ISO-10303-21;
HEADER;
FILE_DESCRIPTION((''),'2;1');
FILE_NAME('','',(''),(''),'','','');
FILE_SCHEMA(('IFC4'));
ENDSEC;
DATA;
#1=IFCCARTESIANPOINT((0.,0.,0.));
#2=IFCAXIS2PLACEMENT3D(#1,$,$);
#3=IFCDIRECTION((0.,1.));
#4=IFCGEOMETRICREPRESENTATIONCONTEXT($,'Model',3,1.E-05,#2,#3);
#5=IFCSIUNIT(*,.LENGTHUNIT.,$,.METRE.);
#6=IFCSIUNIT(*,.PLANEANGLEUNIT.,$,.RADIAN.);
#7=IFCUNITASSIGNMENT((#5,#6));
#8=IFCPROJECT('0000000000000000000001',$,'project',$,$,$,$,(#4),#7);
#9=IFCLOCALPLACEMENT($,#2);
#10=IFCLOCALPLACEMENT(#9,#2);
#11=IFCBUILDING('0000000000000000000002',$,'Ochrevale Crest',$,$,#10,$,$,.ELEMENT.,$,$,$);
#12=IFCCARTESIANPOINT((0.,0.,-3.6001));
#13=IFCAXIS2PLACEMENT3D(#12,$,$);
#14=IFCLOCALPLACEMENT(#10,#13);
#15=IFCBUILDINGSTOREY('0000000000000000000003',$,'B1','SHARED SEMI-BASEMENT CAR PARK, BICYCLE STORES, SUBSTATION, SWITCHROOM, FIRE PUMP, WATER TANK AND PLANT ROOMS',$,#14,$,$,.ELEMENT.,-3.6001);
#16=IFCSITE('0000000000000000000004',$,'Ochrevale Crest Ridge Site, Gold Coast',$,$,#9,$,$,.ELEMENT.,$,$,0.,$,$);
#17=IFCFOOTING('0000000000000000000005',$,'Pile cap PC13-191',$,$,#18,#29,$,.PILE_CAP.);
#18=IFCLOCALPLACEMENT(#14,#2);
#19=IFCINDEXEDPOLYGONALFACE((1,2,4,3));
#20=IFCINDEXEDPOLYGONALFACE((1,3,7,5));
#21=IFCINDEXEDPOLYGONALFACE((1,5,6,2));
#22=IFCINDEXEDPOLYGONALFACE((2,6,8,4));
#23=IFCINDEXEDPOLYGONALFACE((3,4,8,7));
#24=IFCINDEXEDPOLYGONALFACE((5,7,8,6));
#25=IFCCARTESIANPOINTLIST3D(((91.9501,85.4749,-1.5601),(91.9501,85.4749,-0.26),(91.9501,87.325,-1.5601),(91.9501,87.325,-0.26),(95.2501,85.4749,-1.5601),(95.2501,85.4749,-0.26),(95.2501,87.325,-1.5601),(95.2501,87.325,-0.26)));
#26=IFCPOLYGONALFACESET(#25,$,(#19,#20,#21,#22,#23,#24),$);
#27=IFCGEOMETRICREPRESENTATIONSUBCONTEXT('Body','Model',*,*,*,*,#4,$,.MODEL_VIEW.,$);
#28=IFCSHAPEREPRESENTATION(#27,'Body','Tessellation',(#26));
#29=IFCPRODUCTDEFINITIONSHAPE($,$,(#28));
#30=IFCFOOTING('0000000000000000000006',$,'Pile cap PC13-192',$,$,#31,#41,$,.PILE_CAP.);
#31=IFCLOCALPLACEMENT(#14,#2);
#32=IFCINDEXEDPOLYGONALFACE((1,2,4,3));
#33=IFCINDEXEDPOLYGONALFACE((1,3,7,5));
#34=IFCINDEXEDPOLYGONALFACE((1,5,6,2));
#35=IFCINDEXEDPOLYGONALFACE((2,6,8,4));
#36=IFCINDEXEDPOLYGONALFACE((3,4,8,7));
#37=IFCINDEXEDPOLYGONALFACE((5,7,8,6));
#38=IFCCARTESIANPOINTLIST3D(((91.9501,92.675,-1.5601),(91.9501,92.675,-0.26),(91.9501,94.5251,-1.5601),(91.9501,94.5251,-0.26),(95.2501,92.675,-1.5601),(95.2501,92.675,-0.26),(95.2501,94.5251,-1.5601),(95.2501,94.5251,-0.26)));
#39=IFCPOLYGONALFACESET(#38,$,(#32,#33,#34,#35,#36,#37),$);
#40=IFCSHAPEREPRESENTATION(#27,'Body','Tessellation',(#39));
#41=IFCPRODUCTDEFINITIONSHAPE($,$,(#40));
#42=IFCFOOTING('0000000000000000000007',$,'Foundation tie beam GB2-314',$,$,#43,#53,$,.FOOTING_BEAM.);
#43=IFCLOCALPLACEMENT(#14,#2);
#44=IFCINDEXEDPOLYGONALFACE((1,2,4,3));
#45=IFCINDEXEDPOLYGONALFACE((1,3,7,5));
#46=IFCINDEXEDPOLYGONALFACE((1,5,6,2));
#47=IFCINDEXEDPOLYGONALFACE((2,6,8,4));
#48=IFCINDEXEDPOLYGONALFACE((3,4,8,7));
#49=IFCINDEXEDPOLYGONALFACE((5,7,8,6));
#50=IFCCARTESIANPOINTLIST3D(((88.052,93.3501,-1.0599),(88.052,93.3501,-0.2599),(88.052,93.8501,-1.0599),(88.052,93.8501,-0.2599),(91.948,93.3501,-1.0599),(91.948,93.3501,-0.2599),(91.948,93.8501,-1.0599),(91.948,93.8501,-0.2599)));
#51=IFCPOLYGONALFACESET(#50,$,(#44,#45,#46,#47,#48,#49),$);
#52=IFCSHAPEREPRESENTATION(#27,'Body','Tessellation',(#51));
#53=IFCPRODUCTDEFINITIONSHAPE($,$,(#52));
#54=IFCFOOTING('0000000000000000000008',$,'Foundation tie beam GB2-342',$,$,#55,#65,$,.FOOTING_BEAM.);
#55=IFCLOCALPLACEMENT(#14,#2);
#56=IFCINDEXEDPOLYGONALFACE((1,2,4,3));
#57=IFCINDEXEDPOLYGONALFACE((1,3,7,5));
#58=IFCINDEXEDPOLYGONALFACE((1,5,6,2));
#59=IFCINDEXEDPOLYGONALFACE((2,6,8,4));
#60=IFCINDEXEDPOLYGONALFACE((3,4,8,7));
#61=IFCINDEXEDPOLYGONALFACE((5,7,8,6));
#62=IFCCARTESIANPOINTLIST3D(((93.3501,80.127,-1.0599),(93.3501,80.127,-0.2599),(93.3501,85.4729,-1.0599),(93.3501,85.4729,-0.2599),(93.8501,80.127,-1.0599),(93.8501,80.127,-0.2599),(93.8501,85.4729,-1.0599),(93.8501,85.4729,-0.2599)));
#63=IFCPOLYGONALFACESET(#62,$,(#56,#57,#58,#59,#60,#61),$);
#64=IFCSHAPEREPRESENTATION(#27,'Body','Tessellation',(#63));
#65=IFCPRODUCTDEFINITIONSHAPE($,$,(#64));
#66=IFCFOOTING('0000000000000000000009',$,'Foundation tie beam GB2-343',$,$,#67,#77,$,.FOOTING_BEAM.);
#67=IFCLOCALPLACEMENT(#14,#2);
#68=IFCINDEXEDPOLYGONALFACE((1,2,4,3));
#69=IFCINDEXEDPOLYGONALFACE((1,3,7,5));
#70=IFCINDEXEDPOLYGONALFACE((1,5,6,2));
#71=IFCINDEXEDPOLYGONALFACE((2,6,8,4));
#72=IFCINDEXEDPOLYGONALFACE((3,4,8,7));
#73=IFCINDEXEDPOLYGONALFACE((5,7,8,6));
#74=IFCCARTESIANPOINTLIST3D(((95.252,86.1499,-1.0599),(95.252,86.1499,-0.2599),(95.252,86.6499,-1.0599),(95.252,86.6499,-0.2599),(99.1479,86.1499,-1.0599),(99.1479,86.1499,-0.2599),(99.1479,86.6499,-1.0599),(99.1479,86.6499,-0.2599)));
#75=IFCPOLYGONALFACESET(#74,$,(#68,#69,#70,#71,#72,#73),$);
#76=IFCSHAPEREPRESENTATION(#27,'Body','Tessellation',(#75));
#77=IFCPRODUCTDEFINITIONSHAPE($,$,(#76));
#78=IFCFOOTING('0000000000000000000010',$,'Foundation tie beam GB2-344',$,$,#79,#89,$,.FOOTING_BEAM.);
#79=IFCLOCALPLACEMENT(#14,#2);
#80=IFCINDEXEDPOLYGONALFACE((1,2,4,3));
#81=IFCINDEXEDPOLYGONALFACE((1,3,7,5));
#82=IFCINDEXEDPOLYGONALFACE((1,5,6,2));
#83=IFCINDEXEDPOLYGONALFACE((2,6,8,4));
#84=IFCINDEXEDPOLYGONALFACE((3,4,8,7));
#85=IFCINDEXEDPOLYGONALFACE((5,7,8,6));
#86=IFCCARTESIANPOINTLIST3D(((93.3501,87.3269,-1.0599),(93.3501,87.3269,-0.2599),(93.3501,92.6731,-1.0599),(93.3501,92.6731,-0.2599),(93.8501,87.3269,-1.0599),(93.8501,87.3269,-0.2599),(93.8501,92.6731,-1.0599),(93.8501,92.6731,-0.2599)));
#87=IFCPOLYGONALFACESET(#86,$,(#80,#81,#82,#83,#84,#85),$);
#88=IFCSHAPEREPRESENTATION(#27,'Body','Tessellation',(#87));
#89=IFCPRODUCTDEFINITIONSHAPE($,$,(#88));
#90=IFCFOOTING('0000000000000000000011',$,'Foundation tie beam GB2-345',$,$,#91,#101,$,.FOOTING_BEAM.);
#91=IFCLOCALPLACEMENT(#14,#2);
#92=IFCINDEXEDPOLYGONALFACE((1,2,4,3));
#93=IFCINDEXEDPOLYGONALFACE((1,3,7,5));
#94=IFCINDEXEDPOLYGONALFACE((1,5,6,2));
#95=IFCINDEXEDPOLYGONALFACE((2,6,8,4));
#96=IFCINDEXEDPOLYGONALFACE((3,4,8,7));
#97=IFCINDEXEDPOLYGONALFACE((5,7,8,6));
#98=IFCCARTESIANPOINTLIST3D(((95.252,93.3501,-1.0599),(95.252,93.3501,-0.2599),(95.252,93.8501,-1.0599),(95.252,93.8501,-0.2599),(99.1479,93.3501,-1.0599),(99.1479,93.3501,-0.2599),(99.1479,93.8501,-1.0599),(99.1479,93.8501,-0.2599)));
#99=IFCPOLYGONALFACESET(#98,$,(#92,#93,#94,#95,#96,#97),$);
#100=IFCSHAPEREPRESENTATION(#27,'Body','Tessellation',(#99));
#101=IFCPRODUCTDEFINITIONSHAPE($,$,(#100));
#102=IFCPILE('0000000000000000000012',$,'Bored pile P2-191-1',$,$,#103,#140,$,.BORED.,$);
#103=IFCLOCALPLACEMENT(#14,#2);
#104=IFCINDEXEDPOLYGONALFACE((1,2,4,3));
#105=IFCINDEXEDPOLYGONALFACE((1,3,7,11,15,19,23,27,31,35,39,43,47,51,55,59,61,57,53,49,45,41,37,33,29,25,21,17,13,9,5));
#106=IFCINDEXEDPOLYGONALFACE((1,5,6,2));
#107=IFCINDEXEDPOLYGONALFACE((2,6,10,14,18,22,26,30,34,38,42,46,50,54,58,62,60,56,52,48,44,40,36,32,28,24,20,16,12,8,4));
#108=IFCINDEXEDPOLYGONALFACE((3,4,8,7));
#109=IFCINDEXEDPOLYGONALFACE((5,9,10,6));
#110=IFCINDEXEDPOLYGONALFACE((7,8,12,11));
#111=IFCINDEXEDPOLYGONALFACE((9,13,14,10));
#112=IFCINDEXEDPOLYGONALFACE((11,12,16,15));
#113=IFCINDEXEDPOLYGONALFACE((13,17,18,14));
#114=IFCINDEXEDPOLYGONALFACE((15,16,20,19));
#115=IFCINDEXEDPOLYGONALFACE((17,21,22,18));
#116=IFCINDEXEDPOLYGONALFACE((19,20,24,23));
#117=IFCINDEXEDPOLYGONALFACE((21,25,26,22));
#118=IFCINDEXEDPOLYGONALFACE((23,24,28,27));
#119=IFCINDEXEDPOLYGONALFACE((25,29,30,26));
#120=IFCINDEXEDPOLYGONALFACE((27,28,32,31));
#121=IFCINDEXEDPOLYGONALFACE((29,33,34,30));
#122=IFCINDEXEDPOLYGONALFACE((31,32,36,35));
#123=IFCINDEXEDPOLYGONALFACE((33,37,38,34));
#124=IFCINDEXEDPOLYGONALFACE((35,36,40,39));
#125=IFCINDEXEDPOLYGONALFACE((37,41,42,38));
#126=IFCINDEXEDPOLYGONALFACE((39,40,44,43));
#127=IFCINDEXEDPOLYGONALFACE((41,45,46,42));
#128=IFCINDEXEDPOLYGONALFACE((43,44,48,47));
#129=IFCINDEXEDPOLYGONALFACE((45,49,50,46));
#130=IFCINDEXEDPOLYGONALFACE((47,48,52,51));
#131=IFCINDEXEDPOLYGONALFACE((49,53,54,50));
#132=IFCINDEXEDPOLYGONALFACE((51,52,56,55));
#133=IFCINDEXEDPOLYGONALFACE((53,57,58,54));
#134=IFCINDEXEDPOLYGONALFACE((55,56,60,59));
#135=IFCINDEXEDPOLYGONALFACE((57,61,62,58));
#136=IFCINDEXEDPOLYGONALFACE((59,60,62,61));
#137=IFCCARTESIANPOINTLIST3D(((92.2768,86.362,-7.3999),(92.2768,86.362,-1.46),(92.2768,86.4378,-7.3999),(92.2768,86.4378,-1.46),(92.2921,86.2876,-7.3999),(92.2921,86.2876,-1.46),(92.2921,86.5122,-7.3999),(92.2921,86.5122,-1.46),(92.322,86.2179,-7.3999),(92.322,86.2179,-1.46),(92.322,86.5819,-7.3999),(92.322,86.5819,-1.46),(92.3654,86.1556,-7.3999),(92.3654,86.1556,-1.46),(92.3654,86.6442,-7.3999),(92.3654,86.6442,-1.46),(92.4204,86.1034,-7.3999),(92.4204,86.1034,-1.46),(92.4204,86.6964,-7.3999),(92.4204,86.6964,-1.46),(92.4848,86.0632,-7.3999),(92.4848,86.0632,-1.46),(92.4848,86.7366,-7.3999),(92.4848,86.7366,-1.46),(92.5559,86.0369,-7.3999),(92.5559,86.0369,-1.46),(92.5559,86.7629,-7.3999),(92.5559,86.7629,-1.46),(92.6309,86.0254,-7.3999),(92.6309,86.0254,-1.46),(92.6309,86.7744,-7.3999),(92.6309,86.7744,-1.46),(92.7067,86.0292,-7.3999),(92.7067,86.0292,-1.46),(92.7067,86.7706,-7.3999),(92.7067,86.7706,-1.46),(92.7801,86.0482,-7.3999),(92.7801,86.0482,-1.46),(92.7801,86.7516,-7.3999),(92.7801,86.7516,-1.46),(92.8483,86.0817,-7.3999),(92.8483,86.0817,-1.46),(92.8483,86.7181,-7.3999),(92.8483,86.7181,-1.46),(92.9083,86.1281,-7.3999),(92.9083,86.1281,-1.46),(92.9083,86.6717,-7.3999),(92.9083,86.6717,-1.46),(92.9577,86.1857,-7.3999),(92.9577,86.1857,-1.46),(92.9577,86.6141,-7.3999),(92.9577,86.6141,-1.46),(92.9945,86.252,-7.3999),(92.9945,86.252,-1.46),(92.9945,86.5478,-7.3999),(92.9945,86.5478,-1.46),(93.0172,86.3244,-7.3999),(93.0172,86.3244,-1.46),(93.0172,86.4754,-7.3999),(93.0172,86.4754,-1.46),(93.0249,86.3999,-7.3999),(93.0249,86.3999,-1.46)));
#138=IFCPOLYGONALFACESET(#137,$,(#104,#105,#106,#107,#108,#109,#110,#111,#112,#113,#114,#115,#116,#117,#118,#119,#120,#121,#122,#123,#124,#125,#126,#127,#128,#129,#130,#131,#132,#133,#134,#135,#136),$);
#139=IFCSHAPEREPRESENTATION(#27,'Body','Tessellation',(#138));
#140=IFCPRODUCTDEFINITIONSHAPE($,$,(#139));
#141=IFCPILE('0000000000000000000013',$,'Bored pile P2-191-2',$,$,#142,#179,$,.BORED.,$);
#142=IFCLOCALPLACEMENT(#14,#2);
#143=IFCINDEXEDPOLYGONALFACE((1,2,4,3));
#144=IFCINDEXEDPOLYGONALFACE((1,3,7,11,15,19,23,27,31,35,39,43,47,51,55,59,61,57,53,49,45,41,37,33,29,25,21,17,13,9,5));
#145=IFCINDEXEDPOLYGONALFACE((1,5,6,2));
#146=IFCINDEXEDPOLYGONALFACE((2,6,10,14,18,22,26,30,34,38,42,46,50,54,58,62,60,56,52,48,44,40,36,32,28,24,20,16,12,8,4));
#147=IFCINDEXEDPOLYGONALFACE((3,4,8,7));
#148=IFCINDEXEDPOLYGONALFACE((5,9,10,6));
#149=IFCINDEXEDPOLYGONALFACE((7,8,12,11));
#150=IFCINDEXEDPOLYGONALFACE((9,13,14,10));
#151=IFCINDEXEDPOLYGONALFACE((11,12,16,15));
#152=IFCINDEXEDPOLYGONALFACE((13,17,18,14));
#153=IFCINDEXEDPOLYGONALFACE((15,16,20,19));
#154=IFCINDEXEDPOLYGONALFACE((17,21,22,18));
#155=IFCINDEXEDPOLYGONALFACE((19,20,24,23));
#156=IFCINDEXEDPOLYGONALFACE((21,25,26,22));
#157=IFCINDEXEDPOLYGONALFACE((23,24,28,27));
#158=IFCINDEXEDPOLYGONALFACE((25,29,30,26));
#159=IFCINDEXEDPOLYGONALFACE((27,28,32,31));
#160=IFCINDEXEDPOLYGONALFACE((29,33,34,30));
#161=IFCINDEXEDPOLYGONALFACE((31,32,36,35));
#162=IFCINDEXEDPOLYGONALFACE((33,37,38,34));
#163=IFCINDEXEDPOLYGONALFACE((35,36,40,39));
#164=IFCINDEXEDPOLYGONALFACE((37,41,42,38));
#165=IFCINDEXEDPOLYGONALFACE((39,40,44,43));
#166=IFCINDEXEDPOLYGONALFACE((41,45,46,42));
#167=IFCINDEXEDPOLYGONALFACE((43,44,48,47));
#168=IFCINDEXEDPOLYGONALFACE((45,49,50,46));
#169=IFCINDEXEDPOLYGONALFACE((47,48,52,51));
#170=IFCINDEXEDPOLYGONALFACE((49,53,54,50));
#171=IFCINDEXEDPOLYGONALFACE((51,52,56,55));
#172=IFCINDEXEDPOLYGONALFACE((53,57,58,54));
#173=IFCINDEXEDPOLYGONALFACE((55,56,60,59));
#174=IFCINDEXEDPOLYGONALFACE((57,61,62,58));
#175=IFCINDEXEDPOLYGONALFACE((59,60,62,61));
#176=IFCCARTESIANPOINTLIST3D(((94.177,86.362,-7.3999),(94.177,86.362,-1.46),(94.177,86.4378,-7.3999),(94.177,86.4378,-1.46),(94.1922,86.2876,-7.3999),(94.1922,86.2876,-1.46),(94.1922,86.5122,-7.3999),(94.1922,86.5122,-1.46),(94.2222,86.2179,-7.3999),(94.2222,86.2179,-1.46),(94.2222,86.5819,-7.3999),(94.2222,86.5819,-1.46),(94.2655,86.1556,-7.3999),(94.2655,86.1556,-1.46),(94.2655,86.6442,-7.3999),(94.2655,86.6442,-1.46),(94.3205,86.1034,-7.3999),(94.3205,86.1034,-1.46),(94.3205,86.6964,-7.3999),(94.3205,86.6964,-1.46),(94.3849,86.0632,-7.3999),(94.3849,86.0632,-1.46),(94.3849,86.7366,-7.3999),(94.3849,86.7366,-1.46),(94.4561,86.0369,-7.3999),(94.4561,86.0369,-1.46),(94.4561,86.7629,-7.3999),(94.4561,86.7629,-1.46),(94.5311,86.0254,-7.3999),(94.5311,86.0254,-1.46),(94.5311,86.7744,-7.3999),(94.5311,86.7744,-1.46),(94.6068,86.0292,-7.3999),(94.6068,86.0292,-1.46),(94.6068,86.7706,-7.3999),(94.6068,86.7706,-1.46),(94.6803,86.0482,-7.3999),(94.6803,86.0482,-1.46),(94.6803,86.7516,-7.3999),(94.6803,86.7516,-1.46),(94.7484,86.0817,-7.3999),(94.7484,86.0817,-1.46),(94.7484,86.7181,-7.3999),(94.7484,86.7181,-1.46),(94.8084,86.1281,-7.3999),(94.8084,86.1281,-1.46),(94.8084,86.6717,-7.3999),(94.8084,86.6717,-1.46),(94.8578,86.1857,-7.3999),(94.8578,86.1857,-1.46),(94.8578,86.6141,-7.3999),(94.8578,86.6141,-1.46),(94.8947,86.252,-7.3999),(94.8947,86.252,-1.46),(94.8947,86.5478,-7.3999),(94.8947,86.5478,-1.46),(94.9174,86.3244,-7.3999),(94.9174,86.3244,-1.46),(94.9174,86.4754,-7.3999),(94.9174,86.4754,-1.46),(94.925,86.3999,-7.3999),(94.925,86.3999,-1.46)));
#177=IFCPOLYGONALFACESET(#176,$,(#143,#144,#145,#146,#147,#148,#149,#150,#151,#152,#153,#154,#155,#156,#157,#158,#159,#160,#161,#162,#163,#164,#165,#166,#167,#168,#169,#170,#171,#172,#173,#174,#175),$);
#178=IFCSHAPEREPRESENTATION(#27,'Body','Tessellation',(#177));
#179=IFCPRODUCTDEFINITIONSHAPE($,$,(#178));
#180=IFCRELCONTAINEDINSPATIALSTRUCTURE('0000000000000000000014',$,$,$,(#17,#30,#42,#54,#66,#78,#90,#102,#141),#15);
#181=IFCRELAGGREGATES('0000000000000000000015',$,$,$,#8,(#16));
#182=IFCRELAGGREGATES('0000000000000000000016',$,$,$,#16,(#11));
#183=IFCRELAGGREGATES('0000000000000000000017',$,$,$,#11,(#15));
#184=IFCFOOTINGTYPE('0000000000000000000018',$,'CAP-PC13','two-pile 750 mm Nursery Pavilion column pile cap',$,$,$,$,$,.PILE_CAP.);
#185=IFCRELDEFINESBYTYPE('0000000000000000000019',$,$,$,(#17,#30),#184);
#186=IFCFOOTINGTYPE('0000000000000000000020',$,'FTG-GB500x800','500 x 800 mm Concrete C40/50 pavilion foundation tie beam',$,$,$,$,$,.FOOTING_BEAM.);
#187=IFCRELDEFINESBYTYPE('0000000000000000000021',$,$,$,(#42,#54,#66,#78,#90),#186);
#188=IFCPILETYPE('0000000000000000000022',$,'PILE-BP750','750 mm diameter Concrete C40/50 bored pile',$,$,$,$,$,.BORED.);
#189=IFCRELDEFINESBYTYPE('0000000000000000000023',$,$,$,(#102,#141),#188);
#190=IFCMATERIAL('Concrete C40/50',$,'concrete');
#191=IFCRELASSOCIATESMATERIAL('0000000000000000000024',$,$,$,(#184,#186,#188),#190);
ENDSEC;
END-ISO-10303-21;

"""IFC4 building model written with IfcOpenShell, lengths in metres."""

from ifc_helpers import new_model, si_unit, direction, frame, origin, origin_2d, place, context, subcontext, project, spatial, rectangle, circle, extrude, material, material_profile, profile_set, type_object, element, save


model = new_model("IFC4")

# Units and contexts
model_context = context("Model", 3, precision=1e-05, world=origin(), true_north=direction((0.0, 1.0)))
body_context = subcontext(model_context, "Body", "Model", "MODEL_VIEW")
ifc_project = project(units=[si_unit("LENGTHUNIT", "METRE"), si_unit("PLANEANGLEUNIT", "RADIAN")], contexts=[model_context])

# Site, building, storey
site_placement = place(None, origin())
site = spatial("IfcSite", under=ifc_project, at=site_placement, Name="Ochrevale Crest Ridge Site, Gold Coast", CompositionType="ELEMENT", RefElevation=0.0)
building_placement = place(site_placement, origin())
building = spatial("IfcBuilding", under=site, at=building_placement, Name="Ochrevale Crest", CompositionType="ELEMENT")
storey_placement = place(building_placement, frame((0.0, 0.0, -3.6001)))
storey = spatial("IfcBuildingStorey", under=building, at=storey_placement, Name="B1", Description="SHARED SEMI-BASEMENT CAR PARK, BICYCLE STORES, SUBSTATION, SWITCHROOM, FIRE PUMP, WATER TANK AND PLANT ROOMS", CompositionType="ELEMENT", Elevation=-3.6001)

# Footings
ifc_material_1 = material(Name="Concrete C40/50", Category="concrete")
footing_type_1 = type_object("IfcFootingType", Name="CAP-PC13", Description="two-pile 750 mm Nursery Pavilion column pile cap", PredefinedType="PILE_CAP", material=ifc_material_1)
for number, where, z_axis, x_axis, name in (
    (1, (93.6001, 86.3999, -1.5601), (0.0, 0.0, 1.0), (1.0, 0.0, 0.0), "Pile cap PC13-191"),
    (2, (93.6001, 93.6001, -1.5601), (0.0, 0.0, 1.0), (1.0, 0.0, 0.0), "Pile cap PC13-192"),
):
    element("IfcFooting", number, at=place(storey_placement, frame(where, z_axis=z_axis, x_axis=x_axis)), inside=storey, type_object=footing_type_1, Name=name, PredefinedType="PILE_CAP", context=body_context, shape_type="SweptSolid", body=[
        extrude(rectangle(XDim=3.3, YDim=1.8501, at=origin_2d()), origin(), (0.0, 0.0, 1.0), 1.3),
    ])
ifc_material_profile_1 = material_profile(ifc_material_1, rectangle(XDim=0.5, YDim=0.8, at=origin_2d()), Name="GB 500x800")
ifc_profile_set_1 = profile_set([ifc_material_profile_1], Name="Concrete C40/50")
footing_type_2 = type_object("IfcFootingType", Name="FTG-GB500x800", Description="500 x 800 mm Concrete C40/50 pavilion foundation tie beam", PredefinedType="FOOTING_BEAM", material=ifc_profile_set_1)
footing_1_placement = place(storey_placement, frame((88.052, 93.6001, -0.6599), z_axis=(1.0, 0.0, 0.0), x_axis=(0.0, 1.0, 0.0)))
element("IfcFooting", 3, at=footing_1_placement, inside=storey, type_object=footing_type_2, Name="Foundation tie beam GB2-314", PredefinedType="FOOTING_BEAM", context=body_context, shape_type="SweptSolid", body=[
    extrude(rectangle(XDim=0.5, YDim=0.8, at=origin_2d()), origin(), (0.0, 0.0, 1.0), 3.896),
])
footing_2_placement = place(storey_placement, frame((93.6001, 80.127, -0.6599), z_axis=(0.0, 1.0, 0.0), x_axis=(-1.0, 0.0, 0.0)))
element("IfcFooting", 4, at=footing_2_placement, inside=storey, type_object=footing_type_2, Name="Foundation tie beam GB2-342", PredefinedType="FOOTING_BEAM", context=body_context, shape_type="SweptSolid", body=[
    extrude(rectangle(XDim=0.5, YDim=0.8, at=origin_2d()), origin(), (0.0, 0.0, 1.0), 5.3459),
])
footing_3_placement = place(storey_placement, frame((95.252, 86.3999, -0.6599), z_axis=(1.0, 0.0, 0.0), x_axis=(0.0, 1.0, 0.0)))
element("IfcFooting", 5, at=footing_3_placement, inside=storey, type_object=footing_type_2, Name="Foundation tie beam GB2-343", PredefinedType="FOOTING_BEAM", context=body_context, shape_type="SweptSolid", body=[
    extrude(rectangle(XDim=0.5, YDim=0.8, at=origin_2d()), origin(), (0.0, 0.0, 1.0), 3.896),
])
footing_4_placement = place(storey_placement, frame((93.6001, 87.3269, -0.6599), z_axis=(0.0, 1.0, 0.0), x_axis=(-1.0, 0.0, 0.0)))
element("IfcFooting", 6, at=footing_4_placement, inside=storey, type_object=footing_type_2, Name="Foundation tie beam GB2-344", PredefinedType="FOOTING_BEAM", context=body_context, shape_type="SweptSolid", body=[
    extrude(rectangle(XDim=0.5, YDim=0.8, at=origin_2d()), origin(), (0.0, 0.0, 1.0), 5.3462),
])
footing_5_placement = place(storey_placement, frame((95.252, 93.6001, -0.6599), z_axis=(1.0, 0.0, 0.0), x_axis=(0.0, 1.0, 0.0)))
element("IfcFooting", 7, at=footing_5_placement, inside=storey, type_object=footing_type_2, Name="Foundation tie beam GB2-345", PredefinedType="FOOTING_BEAM", context=body_context, shape_type="SweptSolid", body=[
    extrude(rectangle(XDim=0.5, YDim=0.8, at=origin_2d()), origin(), (0.0, 0.0, 1.0), 3.896),
])

# Piles
ifc_material_profile_2 = material_profile(ifc_material_1, circle(Radius=0.375, at=origin_2d()), Name="BORED PILE 750")
ifc_profile_set_2 = profile_set([ifc_material_profile_2], Name="Concrete C40/50")
pile_type = type_object("IfcPileType", Name="PILE-BP750", Description="750 mm diameter Concrete C40/50 bored pile", PredefinedType="BORED", material=ifc_profile_set_2)
for number, where, z_axis, x_axis, name in (
    (8, (92.6499, 86.3999, -1.46), (0.0, 0.0, -1.0), (1.0, 0.0, 0.0), "Bored pile P2-191-1"),
    (9, (94.55, 86.3999, -1.46), (0.0, 0.0, -1.0), (1.0, 0.0, 0.0), "Bored pile P2-191-2"),
):
    element("IfcPile", number, at=place(storey_placement, frame(where, z_axis=z_axis, x_axis=x_axis)), inside=storey, type_object=pile_type, Name=name, PredefinedType="BORED", context=body_context, shape_type="SweptSolid", body=[
        extrude(circle(Radius=0.375, at=origin_2d()), origin(), (0.0, 0.0, 1.0), 5.9399),
    ])

save(model, "model.ifc")
